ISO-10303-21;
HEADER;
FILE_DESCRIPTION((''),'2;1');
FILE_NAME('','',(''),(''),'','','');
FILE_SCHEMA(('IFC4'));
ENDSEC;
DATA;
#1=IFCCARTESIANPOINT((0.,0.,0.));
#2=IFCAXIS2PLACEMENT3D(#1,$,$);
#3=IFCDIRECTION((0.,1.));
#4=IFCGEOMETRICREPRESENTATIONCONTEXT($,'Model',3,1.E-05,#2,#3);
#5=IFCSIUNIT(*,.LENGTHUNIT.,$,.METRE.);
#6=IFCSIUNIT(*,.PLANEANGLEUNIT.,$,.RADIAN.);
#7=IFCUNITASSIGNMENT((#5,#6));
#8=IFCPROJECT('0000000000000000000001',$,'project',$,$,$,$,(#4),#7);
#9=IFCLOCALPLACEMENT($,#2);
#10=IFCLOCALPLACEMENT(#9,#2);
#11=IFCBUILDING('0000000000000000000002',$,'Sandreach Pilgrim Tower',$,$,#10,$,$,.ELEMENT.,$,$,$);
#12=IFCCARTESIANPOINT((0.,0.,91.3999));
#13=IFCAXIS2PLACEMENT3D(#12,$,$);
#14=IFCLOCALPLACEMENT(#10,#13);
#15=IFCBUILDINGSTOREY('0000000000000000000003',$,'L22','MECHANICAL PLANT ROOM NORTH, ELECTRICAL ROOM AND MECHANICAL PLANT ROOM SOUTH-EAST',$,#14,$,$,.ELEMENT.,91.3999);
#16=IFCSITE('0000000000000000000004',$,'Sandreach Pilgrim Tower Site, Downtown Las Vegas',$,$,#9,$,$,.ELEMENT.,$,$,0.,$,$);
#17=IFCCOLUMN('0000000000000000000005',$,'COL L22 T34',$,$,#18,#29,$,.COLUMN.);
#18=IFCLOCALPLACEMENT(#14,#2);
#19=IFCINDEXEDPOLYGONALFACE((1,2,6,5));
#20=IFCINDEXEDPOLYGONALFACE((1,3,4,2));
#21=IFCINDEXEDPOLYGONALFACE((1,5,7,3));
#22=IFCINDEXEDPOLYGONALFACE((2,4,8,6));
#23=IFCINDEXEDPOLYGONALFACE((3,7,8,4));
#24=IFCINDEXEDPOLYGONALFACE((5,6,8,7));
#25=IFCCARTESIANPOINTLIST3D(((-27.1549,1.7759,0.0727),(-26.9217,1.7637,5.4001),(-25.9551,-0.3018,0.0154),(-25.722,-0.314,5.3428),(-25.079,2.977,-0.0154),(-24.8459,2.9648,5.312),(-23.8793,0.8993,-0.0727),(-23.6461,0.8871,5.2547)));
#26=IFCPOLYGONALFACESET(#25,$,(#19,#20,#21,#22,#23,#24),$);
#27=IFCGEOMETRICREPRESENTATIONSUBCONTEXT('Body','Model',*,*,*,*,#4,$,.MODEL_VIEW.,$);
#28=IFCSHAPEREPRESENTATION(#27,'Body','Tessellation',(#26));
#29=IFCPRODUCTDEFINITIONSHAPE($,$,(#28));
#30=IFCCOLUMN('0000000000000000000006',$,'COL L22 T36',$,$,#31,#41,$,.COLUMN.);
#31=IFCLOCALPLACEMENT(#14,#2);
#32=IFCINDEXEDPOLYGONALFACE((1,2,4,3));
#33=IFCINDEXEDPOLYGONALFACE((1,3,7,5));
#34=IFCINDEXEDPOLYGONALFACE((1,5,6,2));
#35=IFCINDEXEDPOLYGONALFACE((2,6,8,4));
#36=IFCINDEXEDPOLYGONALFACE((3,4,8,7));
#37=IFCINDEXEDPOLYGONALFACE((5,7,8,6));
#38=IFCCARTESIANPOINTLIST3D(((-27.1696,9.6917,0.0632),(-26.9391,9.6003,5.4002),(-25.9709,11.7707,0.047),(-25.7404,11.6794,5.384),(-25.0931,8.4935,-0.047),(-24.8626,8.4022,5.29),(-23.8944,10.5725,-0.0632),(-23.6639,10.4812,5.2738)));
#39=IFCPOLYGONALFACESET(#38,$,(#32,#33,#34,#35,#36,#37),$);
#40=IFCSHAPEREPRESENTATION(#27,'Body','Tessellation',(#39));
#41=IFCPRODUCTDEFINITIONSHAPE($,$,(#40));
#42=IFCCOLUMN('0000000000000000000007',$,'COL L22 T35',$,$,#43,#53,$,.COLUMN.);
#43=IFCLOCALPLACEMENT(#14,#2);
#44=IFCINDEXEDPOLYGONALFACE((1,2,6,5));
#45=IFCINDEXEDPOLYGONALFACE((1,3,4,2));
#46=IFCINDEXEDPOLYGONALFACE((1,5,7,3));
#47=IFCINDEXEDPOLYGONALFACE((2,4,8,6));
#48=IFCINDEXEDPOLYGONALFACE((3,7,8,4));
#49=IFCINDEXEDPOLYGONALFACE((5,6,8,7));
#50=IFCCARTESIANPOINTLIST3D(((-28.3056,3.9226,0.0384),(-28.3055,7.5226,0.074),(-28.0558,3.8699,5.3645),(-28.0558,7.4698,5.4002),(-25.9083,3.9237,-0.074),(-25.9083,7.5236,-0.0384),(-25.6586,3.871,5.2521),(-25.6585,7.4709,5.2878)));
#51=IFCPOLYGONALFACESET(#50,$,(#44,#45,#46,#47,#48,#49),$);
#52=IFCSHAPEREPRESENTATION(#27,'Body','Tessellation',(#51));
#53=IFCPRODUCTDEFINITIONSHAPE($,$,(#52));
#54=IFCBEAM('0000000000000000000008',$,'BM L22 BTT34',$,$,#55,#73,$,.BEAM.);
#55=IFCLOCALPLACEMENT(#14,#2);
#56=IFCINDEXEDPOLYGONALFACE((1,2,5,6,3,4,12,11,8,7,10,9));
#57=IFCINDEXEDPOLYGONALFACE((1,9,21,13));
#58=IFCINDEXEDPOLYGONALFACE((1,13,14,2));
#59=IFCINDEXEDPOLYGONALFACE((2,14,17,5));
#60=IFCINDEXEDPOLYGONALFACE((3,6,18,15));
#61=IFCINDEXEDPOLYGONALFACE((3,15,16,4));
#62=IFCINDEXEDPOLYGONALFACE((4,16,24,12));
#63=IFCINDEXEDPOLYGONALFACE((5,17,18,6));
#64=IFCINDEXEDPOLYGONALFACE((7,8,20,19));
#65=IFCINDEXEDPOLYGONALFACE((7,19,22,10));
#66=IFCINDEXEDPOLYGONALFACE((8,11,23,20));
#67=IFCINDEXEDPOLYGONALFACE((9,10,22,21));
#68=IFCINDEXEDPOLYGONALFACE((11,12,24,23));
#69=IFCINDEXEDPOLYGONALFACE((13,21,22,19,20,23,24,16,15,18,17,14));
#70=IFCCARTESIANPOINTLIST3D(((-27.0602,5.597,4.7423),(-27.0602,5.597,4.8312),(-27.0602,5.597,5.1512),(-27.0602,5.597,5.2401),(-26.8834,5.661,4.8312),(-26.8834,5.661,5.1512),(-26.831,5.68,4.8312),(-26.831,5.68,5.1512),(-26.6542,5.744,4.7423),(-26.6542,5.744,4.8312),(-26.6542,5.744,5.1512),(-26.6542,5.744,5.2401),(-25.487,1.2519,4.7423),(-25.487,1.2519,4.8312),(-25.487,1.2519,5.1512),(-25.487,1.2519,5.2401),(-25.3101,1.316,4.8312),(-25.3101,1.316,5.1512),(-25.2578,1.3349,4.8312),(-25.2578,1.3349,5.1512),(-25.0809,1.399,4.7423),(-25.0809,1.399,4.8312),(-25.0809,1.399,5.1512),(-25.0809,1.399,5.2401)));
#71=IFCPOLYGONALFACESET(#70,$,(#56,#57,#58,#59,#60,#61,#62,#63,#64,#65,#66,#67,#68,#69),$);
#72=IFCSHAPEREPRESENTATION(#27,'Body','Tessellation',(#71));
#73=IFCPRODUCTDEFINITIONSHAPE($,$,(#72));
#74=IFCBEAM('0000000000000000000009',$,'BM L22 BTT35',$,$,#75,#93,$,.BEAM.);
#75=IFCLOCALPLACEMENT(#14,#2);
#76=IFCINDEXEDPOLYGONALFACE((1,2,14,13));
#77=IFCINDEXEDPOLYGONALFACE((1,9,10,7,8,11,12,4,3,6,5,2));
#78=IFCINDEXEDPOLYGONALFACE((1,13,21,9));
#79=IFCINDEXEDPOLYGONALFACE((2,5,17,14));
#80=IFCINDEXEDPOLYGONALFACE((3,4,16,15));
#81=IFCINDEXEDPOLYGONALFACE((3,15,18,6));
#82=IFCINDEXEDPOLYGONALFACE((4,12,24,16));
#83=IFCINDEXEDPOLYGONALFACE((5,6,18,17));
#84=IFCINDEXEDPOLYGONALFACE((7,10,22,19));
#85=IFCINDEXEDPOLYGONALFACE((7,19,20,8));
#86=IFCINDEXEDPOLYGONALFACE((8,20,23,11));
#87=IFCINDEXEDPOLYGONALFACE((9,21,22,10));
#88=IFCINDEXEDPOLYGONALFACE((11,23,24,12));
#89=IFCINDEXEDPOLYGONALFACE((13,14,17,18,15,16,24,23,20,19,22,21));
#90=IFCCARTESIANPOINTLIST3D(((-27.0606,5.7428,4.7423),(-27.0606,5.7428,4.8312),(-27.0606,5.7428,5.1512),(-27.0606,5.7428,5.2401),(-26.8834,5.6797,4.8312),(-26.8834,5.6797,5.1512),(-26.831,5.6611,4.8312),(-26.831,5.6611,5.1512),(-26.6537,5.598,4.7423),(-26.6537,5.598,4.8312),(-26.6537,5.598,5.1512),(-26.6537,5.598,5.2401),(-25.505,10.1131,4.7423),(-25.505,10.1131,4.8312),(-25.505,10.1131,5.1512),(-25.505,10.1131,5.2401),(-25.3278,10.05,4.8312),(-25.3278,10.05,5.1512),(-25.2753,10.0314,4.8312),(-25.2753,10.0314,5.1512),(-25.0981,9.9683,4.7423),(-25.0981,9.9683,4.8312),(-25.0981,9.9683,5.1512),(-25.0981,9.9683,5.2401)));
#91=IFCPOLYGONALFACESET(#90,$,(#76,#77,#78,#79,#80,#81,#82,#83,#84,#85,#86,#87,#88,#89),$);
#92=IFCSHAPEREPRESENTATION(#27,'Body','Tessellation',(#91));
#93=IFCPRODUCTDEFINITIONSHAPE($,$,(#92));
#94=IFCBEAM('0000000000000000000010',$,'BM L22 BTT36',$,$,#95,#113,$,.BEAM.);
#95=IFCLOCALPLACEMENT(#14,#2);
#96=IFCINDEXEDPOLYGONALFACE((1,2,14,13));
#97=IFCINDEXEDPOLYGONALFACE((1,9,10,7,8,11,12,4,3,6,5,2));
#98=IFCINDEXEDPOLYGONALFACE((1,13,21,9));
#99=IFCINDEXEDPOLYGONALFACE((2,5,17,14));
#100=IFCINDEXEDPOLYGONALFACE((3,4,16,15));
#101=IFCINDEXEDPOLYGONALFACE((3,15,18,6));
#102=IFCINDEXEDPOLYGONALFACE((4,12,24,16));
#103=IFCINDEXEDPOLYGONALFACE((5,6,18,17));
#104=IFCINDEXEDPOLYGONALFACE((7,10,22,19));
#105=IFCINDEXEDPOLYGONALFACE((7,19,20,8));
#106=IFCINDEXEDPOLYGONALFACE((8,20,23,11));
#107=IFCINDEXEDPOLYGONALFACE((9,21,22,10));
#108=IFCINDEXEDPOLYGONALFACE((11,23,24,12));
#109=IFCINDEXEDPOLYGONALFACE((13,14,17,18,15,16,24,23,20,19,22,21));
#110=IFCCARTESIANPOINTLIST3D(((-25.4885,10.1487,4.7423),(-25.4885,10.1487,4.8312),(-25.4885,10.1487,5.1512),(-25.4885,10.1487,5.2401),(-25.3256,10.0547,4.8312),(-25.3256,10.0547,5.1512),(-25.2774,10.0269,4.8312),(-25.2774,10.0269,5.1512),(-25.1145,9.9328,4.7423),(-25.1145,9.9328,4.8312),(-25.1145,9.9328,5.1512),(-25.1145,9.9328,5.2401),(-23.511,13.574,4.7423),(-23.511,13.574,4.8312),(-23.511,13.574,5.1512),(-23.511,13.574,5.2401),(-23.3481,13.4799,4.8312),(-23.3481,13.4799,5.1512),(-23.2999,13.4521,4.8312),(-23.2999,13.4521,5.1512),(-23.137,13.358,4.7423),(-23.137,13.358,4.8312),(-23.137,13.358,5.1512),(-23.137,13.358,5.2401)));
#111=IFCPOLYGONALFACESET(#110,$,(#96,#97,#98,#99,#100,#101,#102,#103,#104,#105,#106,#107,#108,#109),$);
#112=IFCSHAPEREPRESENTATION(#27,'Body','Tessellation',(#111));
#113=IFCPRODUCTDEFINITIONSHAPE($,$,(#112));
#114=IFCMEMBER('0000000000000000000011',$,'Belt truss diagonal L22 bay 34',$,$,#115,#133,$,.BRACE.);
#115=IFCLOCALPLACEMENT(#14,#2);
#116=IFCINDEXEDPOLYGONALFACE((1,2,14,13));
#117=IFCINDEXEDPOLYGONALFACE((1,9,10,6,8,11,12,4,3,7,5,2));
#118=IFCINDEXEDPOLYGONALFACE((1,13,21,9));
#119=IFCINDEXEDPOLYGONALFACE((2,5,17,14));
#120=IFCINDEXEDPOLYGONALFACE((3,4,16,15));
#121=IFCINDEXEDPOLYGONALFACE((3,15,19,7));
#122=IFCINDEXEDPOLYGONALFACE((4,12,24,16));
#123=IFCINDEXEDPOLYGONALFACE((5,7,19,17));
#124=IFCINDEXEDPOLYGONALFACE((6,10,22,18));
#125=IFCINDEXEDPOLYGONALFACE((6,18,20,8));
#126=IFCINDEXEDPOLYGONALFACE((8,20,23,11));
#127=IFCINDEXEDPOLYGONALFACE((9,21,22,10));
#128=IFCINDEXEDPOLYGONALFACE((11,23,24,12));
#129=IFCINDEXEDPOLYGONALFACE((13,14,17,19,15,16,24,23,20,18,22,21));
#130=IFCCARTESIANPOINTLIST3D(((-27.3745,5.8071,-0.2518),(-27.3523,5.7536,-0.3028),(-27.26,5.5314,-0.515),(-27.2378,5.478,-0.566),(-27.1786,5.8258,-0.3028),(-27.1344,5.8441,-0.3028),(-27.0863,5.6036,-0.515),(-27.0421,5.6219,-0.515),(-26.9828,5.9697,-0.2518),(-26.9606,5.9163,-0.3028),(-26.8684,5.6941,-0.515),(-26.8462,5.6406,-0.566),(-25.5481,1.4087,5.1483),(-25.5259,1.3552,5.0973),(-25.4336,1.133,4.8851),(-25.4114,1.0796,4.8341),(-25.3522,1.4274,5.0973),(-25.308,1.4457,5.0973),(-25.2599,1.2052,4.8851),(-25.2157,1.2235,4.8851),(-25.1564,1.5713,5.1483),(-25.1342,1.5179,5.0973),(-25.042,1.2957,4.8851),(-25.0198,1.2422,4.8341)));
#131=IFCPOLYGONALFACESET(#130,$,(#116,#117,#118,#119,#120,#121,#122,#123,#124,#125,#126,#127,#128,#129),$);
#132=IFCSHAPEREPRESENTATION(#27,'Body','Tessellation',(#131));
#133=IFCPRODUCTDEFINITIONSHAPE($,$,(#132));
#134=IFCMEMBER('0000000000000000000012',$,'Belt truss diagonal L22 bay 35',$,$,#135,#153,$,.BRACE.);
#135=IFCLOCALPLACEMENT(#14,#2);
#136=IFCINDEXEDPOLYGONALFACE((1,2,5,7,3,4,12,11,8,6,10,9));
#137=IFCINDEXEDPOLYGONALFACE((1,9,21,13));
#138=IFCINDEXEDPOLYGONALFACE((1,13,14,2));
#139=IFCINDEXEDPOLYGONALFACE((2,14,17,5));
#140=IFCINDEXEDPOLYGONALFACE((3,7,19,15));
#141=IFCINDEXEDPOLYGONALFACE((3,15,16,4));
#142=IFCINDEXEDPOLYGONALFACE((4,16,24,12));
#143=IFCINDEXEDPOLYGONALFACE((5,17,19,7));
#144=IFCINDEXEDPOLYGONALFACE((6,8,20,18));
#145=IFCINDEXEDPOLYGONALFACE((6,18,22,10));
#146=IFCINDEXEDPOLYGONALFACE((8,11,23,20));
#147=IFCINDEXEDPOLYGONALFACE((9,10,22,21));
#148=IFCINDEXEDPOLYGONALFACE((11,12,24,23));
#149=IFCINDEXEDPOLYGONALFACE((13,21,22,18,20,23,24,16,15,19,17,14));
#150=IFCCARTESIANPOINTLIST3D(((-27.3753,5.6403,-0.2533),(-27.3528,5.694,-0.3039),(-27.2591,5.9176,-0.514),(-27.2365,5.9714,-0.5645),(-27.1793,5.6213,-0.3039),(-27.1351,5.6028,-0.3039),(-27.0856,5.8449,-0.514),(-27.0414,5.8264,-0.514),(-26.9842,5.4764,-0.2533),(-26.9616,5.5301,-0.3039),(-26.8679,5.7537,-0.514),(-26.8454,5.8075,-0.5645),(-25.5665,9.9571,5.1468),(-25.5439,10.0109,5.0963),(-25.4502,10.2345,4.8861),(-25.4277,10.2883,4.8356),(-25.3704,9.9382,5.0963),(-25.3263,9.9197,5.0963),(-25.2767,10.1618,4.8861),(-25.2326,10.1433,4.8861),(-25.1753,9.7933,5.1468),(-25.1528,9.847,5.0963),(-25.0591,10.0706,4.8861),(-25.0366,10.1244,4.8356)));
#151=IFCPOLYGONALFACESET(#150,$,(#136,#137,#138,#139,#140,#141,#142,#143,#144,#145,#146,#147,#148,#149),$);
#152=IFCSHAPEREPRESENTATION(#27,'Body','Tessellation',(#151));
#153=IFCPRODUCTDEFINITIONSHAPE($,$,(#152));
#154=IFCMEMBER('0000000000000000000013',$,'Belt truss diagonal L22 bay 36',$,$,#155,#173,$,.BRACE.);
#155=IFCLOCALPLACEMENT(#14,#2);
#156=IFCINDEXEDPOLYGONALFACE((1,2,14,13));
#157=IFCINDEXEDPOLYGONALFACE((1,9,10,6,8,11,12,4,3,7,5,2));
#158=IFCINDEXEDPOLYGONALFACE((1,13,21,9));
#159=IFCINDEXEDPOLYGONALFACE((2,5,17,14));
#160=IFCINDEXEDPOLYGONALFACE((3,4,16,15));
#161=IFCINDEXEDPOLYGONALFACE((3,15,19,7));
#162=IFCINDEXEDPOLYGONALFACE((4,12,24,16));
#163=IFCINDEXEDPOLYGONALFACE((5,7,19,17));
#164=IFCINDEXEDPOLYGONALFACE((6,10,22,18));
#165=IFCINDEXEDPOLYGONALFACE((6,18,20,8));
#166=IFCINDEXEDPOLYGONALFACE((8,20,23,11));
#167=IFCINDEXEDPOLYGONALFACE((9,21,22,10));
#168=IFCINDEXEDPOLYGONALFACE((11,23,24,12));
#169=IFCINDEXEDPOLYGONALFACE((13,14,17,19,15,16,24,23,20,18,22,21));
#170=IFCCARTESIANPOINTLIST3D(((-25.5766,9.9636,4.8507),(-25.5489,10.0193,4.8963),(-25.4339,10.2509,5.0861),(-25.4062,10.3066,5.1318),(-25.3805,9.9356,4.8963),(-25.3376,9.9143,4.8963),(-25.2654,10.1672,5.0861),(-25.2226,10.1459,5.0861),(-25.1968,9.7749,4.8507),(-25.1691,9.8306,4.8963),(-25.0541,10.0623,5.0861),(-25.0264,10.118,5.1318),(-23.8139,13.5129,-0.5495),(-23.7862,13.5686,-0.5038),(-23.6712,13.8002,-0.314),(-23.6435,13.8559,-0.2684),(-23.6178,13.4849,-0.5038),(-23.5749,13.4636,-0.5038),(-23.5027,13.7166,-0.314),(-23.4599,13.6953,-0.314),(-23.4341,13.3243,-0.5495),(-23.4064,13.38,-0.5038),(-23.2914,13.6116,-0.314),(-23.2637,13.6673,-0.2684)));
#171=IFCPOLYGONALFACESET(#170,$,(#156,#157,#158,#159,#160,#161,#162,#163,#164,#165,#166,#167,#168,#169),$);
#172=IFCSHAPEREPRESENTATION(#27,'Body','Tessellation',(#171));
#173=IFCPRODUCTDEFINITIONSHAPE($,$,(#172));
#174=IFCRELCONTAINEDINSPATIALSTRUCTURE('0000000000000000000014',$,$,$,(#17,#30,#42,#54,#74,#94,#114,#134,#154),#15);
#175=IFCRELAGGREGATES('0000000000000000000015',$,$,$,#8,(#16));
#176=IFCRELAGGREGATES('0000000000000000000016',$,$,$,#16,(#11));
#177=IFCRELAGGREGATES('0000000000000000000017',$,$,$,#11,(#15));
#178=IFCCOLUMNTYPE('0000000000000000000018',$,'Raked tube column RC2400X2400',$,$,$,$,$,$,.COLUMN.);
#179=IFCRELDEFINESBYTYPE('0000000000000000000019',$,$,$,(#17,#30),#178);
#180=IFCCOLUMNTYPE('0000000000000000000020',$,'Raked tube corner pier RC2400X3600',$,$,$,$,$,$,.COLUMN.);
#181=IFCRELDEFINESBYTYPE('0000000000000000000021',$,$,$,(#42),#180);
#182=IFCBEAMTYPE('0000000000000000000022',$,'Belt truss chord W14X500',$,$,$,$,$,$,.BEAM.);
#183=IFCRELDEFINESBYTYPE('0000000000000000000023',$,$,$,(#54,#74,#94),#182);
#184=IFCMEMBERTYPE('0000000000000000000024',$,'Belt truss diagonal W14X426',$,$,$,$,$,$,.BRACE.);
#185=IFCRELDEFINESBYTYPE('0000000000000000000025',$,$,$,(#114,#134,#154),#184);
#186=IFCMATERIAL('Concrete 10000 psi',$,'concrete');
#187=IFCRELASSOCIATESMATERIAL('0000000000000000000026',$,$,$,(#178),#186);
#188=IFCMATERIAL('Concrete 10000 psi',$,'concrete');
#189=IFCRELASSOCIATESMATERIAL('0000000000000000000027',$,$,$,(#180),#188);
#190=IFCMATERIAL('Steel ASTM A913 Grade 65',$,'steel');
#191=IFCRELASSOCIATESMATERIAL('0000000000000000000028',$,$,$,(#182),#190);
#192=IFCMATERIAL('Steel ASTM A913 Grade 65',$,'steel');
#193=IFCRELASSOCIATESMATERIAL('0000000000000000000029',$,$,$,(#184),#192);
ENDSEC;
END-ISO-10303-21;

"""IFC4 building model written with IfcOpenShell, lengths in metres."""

from ifc_helpers import new_model, si_unit, direction, frame, origin, origin_2d, place, context, subcontext, project, spatial, rectangle, i_section, extrude, material, material_profile, profile_set, type_object, element, save


model = new_model("IFC4")

# Units and contexts
model_context = context("Model", 3, precision=1e-05, world=origin(), true_north=direction((0.0, 1.0)))
body_context = subcontext(model_context, "Body", "Model", "MODEL_VIEW")
ifc_project = project(units=[si_unit("LENGTHUNIT", "METRE"), si_unit("PLANEANGLEUNIT", "RADIAN")], contexts=[model_context])

# Site, building, storey
site_placement = place(None, origin())
site = spatial("IfcSite", under=ifc_project, at=site_placement, Name="Sandreach Pilgrim Tower Site, Downtown Las Vegas", CompositionType="ELEMENT", RefElevation=0.0)
building_placement = place(site_placement, origin())
building = spatial("IfcBuilding", under=site, at=building_placement, Name="Sandreach Pilgrim Tower", CompositionType="ELEMENT")
storey_placement = place(building_placement, frame((0.0, 0.0, 91.3999)))
storey = spatial("IfcBuildingStorey", under=building, at=storey_placement, Name="L22", Description="MECHANICAL PLANT ROOM NORTH, ELECTRICAL ROOM AND MECHANICAL PLANT ROOM SOUTH-EAST", CompositionType="ELEMENT", Elevation=91.3999)

# Columns
ifc_material_1 = material(Name="Concrete 10000 psi", Category="concrete")
ifc_material_profile_1 = material_profile(ifc_material_1, rectangle(XDim=2.3999, YDim=2.3999, at=origin_2d()), Name="RC2400X2400")
ifc_profile_set_1 = profile_set([ifc_material_profile_1], Name="Concrete 10000 psi")
column_type_1 = type_object("IfcColumnType", Name="Raked tube column RC2400X2400", PredefinedType="COLUMN", material=ifc_profile_set_1)
column_1_placement = place(storey_placement, frame((-25.5171, 1.3376, 0.0), z_axis=(0.043723, -0.002289, 0.999041), x_axis=(-0.86497, -0.500479, 0.036709)))
element("IfcColumn", 1, at=column_1_placement, inside=storey, type_object=column_type_1, Name="COL L22 T34", PredefinedType="COLUMN", context=body_context, shape_type="SweptSolid", body=[
    extrude(rectangle(XDim=2.3999, YDim=2.3999, at=origin_2d()), origin(), (0.0, 0.0, 1.0), 5.3325),
])
column_2_placement = place(storey_placement, frame((-25.532, 10.1321, 0.0), z_axis=(0.043137, -0.01709, 0.998923), x_axis=(-0.865241, 0.49925, 0.045906)))
element("IfcColumn", 2, at=column_2_placement, inside=storey, type_object=column_type_1, Name="COL L22 T36", PredefinedType="COLUMN", context=body_context, shape_type="SweptSolid", body=[
    extrude(rectangle(XDim=2.3999, YDim=2.3999, at=origin_2d()), origin(), (0.0, 0.0, 1.0), 5.3428),
])
ifc_material_2 = material(Name="Concrete 10000 psi", Category="concrete")
ifc_material_profile_2 = material_profile(ifc_material_2, rectangle(XDim=2.3999, YDim=3.6001, at=origin_2d()), Name="RC2400X3600")
ifc_profile_set_2 = profile_set([ifc_material_profile_2], Name="Concrete 10000 psi")
column_type_2 = type_object("IfcColumnType", Name="Raked tube corner pier RC2400X3600", PredefinedType="COLUMN", material=ifc_profile_set_2)
column_3_placement = place(storey_placement, frame((-27.1069, 5.7231, 0.0), z_axis=(0.046838, -0.00989, 0.998854), x_axis=(-0.998902, -0.000453, 0.046836)))
element("IfcColumn", 3, at=column_3_placement, inside=storey, type_object=column_type_2, Name="COL L22 T35", PredefinedType="COLUMN", context=body_context, shape_type="SweptSolid", body=[
    extrude(rectangle(XDim=2.3999, YDim=3.6001, at=origin_2d()), origin(), (0.0, 0.0, 1.0), 5.3323),
])

# Beams
ifc_material_3 = material(Name="Steel ASTM A913 Grade 65", Category="steel")
ifc_material_profile_3 = material_profile(ifc_material_3, i_section(OverallWidth=0.4319, OverallDepth=0.4978, WebThickness=0.0557, FlangeThickness=0.0889, at=origin_2d()), Name="W14X500")
ifc_profile_set_3 = profile_set([ifc_material_profile_3], Name="Steel ASTM A913 Grade 65")
beam_type_1 = type_object("IfcBeamType", Name="Belt truss chord W14X500", PredefinedType="BEAM", material=ifc_profile_set_3)
beam_1_placement = place(storey_placement, frame((-25.2839, 1.3254, 4.9912), z_axis=(-0.340453, 0.940261, 0.0), x_axis=(-0.940261, -0.340453, 0.0)))
element("IfcBeam", 4, at=beam_1_placement, inside=storey, type_object=beam_type_1, Name="BM L22 BTT34", PredefinedType="BEAM", context=body_context, shape_type="SweptSolid", body=[
    extrude(i_section(OverallWidth=0.4319, OverallDepth=0.4978, WebThickness=0.0557, FlangeThickness=0.0889, at=origin_2d()), origin(), (0.0, 0.0, 1.0), 4.6211),
])
beam_2_placement = place(storey_placement, frame((-26.8572, 5.6704, 4.9912), z_axis=(0.335346, 0.942095, 0.0), x_axis=(-0.942095, 0.335346, 0.0)))
element("IfcBeam", 5, at=beam_2_placement, inside=storey, type_object=beam_type_1, Name="BM L22 BTT35", PredefinedType="BEAM", context=body_context, shape_type="SweptSolid", body=[
    extrude(i_section(OverallWidth=0.4319, OverallDepth=0.4978, WebThickness=0.0557, FlangeThickness=0.0889, at=origin_2d()), origin(), (0.0, 0.0, 1.0), 4.6389),
])
beam_3_placement = place(storey_placement, frame((-25.3015, 10.0408, 4.9912), z_axis=(0.49999, 0.866031, 0.0), x_axis=(-0.866031, 0.49999, 0.0)))
element("IfcBeam", 6, at=beam_3_placement, inside=storey, type_object=beam_type_1, Name="BM L22 BTT36", PredefinedType="BEAM", context=body_context, shape_type="SweptSolid", body=[
    extrude(i_section(OverallWidth=0.4319, OverallDepth=0.4978, WebThickness=0.0557, FlangeThickness=0.0889, at=origin_2d()), origin(), (0.0, 0.0, 1.0), 3.9551),
])

# Members
ifc_material_4 = material(Name="Steel ASTM A913 Grade 65", Category="steel")
ifc_material_profile_4 = material_profile(ifc_material_4, i_section(OverallWidth=0.4241, OverallDepth=0.4751, WebThickness=0.0479, FlangeThickness=0.0771, at=origin_2d()), Name="W14X426")
ifc_profile_set_4 = profile_set([ifc_material_profile_4], Name="Steel ASTM A913 Grade 65")
member_type_1 = type_object("IfcMemberType", Name="Belt truss diagonal W14X426", PredefinedType="BRACE", material=ifc_profile_set_4)
member_1_placement = place(storey_placement, frame((-25.2839, 1.3254, 4.9912), z_axis=(-0.25366, 0.610873, -0.749994), x_axis=(-0.923543, -0.383494, 0.0)))
element("IfcMember", 7, at=member_1_placement, inside=storey, type_object=member_type_1, Name="Belt truss diagonal L22 bay 34", PredefinedType="BRACE", context=body_context, shape_type="SweptSolid", body=[
    extrude(i_section(OverallWidth=0.4241, OverallDepth=0.4751, WebThickness=0.0479, FlangeThickness=0.0771, at=origin_2d()), origin(), (0.0, 0.0, 1.0), 7.2002),
])
member_2_placement = place(storey_placement, frame((-27.1104, 5.7239, -0.4089), z_axis=(0.253117, 0.604077, 0.75566), x_axis=(-0.922307, 0.386459, 0.0)))
element("IfcMember", 8, at=member_2_placement, inside=storey, type_object=member_type_1, Name="Belt truss diagonal L22 bay 35", PredefinedType="BRACE", context=body_context, shape_type="SweptSolid", body=[
    extrude(i_section(OverallWidth=0.4241, OverallDepth=0.4751, WebThickness=0.0479, FlangeThickness=0.0771, at=origin_2d()), origin(), (0.0, 0.0, 1.0), 7.1462),
])
member_3_placement = place(storey_placement, frame((-25.3015, 10.0408, 4.9912), z_axis=(0.263158, 0.529888, -0.806205), x_axis=(-0.895631, 0.444797, 0.0)))
element("IfcMember", 9, at=member_3_placement, inside=storey, type_object=member_type_1, Name="Belt truss diagonal L22 bay 36", PredefinedType="BRACE", context=body_context, shape_type="SweptSolid", body=[
    extrude(i_section(OverallWidth=0.4241, OverallDepth=0.4751, WebThickness=0.0479, FlangeThickness=0.0771, at=origin_2d()), origin(), (0.0, 0.0, 1.0), 6.6982),
])

save(model, "model.ifc")
